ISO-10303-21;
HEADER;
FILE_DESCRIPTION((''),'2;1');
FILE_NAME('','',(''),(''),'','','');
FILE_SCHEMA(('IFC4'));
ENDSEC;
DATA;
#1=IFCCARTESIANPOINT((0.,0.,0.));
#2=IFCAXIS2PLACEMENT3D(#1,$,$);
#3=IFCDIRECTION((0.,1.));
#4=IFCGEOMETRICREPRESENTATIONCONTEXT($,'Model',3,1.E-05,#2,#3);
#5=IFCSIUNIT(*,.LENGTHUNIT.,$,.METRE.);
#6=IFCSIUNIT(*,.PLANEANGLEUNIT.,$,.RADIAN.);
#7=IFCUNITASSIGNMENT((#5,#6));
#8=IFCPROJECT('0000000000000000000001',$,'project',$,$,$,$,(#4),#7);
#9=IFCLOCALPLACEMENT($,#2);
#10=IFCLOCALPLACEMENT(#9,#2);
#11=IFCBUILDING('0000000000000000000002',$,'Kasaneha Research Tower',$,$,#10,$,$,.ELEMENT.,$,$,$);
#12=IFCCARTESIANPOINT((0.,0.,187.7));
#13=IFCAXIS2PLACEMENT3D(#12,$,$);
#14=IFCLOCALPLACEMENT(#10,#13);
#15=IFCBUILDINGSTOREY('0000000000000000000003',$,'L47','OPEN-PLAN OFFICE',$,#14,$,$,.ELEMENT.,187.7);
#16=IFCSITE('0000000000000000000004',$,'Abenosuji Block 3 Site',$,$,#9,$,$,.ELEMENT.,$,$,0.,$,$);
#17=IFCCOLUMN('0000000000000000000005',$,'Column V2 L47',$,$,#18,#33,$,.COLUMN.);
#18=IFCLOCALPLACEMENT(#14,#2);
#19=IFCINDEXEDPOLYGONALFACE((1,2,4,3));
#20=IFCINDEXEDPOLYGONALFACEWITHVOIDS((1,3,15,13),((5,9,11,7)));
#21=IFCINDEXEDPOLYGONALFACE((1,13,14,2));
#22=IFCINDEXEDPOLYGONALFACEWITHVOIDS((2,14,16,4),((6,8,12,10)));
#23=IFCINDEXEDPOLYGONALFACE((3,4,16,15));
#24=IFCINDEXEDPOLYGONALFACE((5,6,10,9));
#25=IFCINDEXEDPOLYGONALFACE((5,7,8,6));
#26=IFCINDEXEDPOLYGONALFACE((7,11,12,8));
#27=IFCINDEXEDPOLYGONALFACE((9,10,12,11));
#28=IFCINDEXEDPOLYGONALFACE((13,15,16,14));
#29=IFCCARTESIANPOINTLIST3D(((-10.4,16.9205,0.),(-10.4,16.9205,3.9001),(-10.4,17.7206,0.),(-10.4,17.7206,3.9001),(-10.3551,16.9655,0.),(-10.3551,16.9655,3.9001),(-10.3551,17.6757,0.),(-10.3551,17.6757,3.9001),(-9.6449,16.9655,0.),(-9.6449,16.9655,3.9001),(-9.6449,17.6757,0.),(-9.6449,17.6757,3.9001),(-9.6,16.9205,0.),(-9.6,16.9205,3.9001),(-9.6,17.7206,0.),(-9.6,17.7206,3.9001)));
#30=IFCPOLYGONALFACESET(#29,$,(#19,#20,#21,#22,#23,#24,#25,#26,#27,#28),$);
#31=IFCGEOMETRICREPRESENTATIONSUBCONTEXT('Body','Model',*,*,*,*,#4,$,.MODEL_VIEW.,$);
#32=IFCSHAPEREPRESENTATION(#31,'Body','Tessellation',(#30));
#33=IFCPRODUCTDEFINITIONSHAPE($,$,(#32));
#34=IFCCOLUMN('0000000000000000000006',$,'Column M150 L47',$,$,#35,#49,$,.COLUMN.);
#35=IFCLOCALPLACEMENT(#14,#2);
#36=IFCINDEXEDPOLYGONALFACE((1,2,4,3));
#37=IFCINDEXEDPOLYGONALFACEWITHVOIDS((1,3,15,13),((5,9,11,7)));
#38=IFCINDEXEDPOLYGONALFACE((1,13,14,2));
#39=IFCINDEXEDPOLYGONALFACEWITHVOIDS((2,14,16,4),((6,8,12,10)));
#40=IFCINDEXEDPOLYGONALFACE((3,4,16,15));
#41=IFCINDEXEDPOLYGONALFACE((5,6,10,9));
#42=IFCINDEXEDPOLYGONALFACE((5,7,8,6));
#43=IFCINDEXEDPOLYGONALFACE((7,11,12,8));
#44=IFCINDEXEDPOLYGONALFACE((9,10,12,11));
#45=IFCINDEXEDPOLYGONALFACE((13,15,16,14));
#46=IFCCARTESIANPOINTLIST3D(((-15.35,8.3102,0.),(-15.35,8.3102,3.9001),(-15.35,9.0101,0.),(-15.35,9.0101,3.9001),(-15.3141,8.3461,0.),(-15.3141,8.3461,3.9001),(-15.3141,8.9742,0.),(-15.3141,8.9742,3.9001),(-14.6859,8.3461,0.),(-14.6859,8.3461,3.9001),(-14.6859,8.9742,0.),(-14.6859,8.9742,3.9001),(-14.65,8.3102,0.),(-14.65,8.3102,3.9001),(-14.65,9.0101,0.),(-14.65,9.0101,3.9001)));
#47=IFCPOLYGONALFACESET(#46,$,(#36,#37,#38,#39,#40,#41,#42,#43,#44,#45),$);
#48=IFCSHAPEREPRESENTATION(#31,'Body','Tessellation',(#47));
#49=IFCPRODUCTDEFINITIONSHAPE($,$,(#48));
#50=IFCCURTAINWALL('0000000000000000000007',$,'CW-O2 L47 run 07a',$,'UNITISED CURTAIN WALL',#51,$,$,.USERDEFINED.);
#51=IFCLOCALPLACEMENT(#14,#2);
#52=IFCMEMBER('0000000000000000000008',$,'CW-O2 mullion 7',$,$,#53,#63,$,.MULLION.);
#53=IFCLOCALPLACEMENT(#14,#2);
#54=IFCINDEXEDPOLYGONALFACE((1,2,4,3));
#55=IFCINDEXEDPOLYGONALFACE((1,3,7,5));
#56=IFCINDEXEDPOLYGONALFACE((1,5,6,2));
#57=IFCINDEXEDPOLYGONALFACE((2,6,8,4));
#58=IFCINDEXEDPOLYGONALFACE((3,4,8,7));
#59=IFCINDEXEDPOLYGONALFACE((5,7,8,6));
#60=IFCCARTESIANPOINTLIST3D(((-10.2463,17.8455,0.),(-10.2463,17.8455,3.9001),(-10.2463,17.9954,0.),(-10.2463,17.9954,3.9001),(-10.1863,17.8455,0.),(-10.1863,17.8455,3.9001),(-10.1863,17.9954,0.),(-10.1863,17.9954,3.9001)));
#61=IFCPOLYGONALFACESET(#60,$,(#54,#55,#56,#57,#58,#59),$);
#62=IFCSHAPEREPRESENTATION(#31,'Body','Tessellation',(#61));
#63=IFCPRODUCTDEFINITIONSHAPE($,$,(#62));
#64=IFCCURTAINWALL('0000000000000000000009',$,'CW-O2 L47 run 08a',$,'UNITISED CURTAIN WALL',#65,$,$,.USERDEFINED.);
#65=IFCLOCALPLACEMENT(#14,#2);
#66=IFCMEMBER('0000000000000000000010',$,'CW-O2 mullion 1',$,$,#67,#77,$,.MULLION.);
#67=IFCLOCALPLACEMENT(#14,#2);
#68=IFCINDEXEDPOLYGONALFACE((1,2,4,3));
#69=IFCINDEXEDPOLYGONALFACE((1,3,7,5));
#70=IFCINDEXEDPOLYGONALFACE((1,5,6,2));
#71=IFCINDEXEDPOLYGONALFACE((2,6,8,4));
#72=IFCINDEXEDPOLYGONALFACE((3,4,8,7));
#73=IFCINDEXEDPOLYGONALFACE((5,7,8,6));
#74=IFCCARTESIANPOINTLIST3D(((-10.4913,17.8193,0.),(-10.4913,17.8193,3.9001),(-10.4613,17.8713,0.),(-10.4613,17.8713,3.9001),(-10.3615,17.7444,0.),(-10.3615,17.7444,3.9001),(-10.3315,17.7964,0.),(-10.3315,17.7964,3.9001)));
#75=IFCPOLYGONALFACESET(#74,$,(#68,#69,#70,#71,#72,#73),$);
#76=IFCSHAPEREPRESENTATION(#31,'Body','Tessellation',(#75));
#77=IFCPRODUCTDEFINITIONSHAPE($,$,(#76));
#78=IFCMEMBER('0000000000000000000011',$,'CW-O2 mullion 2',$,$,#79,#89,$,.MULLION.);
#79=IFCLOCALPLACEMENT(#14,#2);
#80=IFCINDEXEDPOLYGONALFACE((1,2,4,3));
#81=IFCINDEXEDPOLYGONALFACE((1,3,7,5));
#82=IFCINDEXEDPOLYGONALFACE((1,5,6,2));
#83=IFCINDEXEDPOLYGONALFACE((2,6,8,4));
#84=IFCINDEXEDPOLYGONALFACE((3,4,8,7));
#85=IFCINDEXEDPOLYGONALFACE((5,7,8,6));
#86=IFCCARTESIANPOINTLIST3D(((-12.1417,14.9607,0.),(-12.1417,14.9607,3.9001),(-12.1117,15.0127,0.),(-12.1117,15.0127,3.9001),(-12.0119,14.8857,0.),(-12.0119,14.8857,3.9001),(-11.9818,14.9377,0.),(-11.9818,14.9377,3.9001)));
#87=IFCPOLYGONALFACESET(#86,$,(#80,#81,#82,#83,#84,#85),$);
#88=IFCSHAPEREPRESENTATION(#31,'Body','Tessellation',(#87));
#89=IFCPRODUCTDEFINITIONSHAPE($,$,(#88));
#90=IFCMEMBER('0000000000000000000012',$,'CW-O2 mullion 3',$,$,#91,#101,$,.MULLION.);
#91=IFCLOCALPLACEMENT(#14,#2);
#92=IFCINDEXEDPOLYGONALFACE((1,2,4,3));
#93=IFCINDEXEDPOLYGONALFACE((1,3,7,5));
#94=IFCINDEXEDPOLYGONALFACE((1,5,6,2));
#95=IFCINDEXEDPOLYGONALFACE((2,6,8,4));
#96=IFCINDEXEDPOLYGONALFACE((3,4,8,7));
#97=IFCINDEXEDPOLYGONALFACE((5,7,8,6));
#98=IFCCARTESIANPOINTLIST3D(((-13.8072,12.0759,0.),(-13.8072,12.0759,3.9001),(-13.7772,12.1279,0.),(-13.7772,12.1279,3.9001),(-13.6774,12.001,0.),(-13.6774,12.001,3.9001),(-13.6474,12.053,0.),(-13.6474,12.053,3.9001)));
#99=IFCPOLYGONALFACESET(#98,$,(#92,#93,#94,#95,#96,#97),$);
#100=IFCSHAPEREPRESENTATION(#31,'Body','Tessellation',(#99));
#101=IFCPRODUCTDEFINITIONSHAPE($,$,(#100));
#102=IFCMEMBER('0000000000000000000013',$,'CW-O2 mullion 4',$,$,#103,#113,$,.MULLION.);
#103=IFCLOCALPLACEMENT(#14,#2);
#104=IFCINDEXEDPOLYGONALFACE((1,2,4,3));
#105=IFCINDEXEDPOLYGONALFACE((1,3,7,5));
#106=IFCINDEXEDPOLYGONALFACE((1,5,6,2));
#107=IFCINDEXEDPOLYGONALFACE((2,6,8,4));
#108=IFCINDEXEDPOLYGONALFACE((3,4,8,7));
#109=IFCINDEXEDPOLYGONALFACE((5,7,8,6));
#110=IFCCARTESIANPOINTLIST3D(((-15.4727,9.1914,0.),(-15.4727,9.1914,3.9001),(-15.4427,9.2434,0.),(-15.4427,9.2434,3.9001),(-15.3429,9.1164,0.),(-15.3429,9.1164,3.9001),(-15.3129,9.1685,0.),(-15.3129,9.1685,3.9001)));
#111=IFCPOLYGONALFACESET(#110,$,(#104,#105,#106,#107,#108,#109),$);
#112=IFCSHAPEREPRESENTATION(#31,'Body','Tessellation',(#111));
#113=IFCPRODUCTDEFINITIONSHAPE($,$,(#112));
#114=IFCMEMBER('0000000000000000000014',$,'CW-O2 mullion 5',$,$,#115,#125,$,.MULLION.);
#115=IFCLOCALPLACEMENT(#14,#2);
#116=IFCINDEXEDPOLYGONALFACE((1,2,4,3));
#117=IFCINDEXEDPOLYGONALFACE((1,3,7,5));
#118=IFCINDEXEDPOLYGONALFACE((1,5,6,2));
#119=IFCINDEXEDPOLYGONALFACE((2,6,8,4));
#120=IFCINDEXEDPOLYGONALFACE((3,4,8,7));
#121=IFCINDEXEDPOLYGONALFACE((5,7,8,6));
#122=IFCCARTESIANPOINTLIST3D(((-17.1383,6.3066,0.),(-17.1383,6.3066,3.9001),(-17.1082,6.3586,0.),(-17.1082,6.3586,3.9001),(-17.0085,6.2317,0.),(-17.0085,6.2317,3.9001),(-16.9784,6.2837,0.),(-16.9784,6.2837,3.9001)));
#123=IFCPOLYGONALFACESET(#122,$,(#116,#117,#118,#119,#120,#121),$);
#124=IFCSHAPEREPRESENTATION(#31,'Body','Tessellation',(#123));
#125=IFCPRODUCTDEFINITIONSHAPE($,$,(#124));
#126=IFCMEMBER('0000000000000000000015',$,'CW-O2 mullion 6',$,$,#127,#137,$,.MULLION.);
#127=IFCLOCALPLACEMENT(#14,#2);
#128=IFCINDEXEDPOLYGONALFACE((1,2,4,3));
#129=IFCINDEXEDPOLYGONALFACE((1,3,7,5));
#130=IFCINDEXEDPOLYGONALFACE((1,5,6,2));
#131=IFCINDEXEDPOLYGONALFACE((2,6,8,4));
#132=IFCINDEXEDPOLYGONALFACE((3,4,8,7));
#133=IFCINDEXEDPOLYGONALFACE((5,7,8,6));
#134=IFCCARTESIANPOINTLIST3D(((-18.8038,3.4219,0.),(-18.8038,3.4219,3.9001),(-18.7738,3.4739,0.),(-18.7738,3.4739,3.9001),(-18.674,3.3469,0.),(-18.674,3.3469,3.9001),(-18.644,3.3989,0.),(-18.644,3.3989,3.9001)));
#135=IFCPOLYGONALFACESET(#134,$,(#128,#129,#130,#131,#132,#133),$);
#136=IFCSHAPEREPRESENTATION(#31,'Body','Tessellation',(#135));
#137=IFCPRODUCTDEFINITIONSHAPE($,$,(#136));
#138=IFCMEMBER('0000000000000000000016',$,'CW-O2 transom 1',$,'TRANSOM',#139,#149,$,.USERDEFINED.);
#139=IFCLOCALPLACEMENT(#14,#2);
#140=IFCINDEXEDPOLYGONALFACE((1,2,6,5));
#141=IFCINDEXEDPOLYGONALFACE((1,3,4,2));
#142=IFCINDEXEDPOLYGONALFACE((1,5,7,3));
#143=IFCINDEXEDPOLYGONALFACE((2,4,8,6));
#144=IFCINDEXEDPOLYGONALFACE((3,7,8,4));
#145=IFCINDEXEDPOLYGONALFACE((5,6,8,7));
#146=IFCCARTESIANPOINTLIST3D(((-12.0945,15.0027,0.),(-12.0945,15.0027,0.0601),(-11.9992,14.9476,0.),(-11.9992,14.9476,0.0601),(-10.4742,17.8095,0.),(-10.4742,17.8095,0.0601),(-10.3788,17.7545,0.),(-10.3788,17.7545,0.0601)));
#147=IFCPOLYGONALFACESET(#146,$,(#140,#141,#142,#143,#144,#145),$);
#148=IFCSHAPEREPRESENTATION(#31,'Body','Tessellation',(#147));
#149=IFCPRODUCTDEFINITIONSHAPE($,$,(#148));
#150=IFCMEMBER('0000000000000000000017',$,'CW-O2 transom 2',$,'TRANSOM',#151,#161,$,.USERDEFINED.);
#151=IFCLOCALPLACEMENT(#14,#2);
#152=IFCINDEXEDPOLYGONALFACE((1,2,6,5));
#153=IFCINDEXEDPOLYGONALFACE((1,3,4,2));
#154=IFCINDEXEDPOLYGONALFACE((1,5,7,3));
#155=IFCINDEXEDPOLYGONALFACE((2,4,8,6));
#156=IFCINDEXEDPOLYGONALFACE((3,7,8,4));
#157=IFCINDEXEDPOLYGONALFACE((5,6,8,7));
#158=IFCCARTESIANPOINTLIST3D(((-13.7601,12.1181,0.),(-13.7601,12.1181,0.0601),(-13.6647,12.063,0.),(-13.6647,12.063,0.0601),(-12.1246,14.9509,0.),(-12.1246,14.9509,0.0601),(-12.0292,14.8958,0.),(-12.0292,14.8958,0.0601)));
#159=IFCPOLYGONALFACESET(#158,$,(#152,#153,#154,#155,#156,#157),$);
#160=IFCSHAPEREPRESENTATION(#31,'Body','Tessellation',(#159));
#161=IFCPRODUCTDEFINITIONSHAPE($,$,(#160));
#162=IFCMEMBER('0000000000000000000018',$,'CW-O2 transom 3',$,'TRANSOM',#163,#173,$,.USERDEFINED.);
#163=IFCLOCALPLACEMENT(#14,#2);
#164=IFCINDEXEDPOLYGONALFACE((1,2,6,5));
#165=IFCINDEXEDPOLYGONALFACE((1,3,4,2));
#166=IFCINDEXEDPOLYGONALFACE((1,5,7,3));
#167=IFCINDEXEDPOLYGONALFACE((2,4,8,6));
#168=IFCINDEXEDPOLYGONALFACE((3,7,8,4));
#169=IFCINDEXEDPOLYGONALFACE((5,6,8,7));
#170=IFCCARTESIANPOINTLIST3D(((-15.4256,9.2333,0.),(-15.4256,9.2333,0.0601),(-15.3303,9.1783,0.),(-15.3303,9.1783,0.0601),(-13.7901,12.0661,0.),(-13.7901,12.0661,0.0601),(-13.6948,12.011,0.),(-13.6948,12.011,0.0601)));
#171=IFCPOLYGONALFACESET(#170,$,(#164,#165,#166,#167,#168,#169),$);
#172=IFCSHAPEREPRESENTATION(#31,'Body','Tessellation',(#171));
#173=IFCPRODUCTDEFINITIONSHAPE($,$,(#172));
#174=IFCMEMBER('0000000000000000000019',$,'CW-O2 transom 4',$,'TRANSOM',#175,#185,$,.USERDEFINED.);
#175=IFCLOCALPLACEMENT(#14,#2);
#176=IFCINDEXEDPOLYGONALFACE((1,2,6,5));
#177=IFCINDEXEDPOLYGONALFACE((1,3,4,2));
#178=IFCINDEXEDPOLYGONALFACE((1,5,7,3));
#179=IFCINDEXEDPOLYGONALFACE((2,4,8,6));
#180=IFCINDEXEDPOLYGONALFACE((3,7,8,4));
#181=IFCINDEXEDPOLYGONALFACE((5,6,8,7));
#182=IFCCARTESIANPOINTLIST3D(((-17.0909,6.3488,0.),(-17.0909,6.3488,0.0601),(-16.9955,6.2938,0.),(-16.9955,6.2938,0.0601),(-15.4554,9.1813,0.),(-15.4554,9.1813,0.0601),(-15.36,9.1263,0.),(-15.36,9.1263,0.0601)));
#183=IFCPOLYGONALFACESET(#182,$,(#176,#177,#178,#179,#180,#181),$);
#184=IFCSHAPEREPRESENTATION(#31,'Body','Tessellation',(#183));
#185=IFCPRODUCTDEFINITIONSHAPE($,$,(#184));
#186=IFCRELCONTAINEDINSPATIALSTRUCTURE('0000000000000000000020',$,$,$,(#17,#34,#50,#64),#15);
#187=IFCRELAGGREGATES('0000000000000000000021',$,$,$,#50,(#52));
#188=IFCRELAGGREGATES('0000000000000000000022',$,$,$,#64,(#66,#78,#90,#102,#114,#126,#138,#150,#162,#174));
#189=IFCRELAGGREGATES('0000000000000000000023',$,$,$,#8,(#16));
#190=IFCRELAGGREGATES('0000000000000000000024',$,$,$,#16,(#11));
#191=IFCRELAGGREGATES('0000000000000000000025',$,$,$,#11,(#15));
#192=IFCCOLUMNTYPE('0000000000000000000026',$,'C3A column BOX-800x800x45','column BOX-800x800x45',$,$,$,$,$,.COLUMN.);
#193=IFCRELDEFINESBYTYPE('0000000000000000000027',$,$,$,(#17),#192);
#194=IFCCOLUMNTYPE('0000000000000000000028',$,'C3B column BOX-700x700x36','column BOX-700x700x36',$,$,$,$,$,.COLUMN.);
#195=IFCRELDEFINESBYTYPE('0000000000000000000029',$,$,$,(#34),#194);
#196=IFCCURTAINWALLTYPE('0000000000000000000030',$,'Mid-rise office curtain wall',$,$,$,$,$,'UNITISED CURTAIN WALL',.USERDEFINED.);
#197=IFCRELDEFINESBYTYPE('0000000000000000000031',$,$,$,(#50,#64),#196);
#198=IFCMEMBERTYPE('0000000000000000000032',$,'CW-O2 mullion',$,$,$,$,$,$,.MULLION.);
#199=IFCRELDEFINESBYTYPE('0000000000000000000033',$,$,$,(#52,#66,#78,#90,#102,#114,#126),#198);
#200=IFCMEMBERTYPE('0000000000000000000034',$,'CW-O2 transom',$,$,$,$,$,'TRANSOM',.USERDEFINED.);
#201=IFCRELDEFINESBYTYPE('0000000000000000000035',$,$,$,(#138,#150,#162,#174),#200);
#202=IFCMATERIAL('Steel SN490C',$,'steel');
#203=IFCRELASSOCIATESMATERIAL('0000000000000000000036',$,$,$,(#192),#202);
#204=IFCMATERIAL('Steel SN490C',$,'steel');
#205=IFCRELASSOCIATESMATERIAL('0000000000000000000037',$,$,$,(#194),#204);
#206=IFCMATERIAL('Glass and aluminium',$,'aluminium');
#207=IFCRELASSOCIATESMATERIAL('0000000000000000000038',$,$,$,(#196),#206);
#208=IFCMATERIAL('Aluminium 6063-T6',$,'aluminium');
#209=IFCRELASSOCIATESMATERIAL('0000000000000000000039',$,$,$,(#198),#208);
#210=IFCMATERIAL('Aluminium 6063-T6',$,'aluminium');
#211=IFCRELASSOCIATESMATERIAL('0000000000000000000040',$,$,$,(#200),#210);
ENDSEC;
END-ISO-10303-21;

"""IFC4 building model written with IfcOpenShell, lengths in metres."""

from ifc_helpers import new_model, si_unit, direction, frame, origin, origin_2d, place, context, subcontext, project, spatial, rectangle, hollow_rectangle, extrude, material, material_profile, profile_set, type_object, element, aggregate, save


model = new_model("IFC4")

# Units and contexts
model_context = context("Model", 3, precision=1e-05, world=origin(), true_north=direction((0.0, 1.0)))
body_context = subcontext(model_context, "Body", "Model", "MODEL_VIEW")
ifc_project = project(units=[si_unit("LENGTHUNIT", "METRE"), si_unit("PLANEANGLEUNIT", "RADIAN")], contexts=[model_context])

# Site, building, storey
site_placement = place(None, origin())
site = spatial("IfcSite", under=ifc_project, at=site_placement, Name="Abenosuji Block 3 Site", CompositionType="ELEMENT", RefElevation=0.0)
building_placement = place(site_placement, origin())
building = spatial("IfcBuilding", under=site, at=building_placement, Name="Kasaneha Research Tower", CompositionType="ELEMENT")
storey_placement = place(building_placement, frame((0.0, 0.0, 187.7)))
storey = spatial("IfcBuildingStorey", under=building, at=storey_placement, Name="L47", Description="OPEN-PLAN OFFICE", CompositionType="ELEMENT", Elevation=187.7)

# Columns
ifc_material_1 = material(Name="Steel SN490C", Category="steel")
ifc_material_profile_1 = material_profile(ifc_material_1, hollow_rectangle(XDim=0.8, YDim=0.8, WallThickness=0.0449, at=origin_2d()), Name="BOX-800x800x45")
ifc_profile_set_1 = profile_set([ifc_material_profile_1], Name="Steel SN490C")
column_type_1 = type_object("IfcColumnType", Name="C3A column BOX-800x800x45", Description="column BOX-800x800x45", PredefinedType="COLUMN", material=ifc_profile_set_1)
column_1_placement = place(storey_placement, frame((-10.0, 17.3206, 0.0), z_axis=(0.0, 0.0, 1.0), x_axis=(1.0, 0.0, 0.0)))
element("IfcColumn", 1, at=column_1_placement, inside=storey, type_object=column_type_1, Name="Column V2 L47", PredefinedType="COLUMN", context=body_context, shape_type="SweptSolid", body=[
    extrude(hollow_rectangle(XDim=0.8, YDim=0.8, WallThickness=0.0449, at=origin_2d()), origin(), (0.0, 0.0, 1.0), 3.9001),
])
ifc_material_2 = material(Name="Steel SN490C", Category="steel")
ifc_material_profile_2 = material_profile(ifc_material_2, hollow_rectangle(XDim=0.7, YDim=0.7, WallThickness=0.0359, at=origin_2d()), Name="BOX-700x700x36")
ifc_profile_set_2 = profile_set([ifc_material_profile_2], Name="Steel SN490C")
column_type_2 = type_object("IfcColumnType", Name="C3B column BOX-700x700x36", Description="column BOX-700x700x36", PredefinedType="COLUMN", material=ifc_profile_set_2)
column_2_placement = place(storey_placement, frame((-15.0, 8.6602, 0.0), z_axis=(0.0, 0.0, 1.0), x_axis=(1.0, 0.0, 0.0)))
element("IfcColumn", 2, at=column_2_placement, inside=storey, type_object=column_type_2, Name="Column M150 L47", PredefinedType="COLUMN", context=body_context, shape_type="SweptSolid", body=[
    extrude(hollow_rectangle(XDim=0.7, YDim=0.7, WallThickness=0.0359, at=origin_2d()), origin(), (0.0, 0.0, 1.0), 3.9001),
])

# Curtain wall, member
ifc_material_3 = material(Name="Glass and aluminium", Category="aluminium")
curtain_wall_type = type_object("IfcCurtainWallType", Name="Mid-rise office curtain wall", ElementType="UNITISED CURTAIN WALL", PredefinedType="USERDEFINED", material=ifc_material_3)
curtain_wall_1_placement = place(storey_placement, origin())
curtain_wall_1 = element("IfcCurtainWall", 3, at=curtain_wall_1_placement, inside=storey, type_object=curtain_wall_type, Name="CW-O2 L47 run 07a", ObjectType="UNITISED CURTAIN WALL", PredefinedType="USERDEFINED")
ifc_material_4 = material(Name="Aluminium 6063-T6", Category="aluminium")
ifc_material_profile_3 = material_profile(ifc_material_4, rectangle(XDim=0.0601, YDim=0.1499, at=origin_2d()), Name="CW-O2 mullion 60x150")
ifc_profile_set_3 = profile_set([ifc_material_profile_3], Name="Aluminium 6063-T6")
member_type_1 = type_object("IfcMemberType", Name="CW-O2 mullion", PredefinedType="MULLION", material=ifc_profile_set_3)
member_1_placement = place(storey_placement, frame((-10.2163, 17.9204, 0.0), z_axis=(0.0, 0.0, 1.0), x_axis=(-1.0, 0.0, 0.0)))
member_1 = element("IfcMember", 4, at=member_1_placement, type_object=member_type_1, Name="CW-O2 mullion 7", PredefinedType="MULLION", context=body_context, shape_type="SweptSolid", body=[
    extrude(rectangle(XDim=0.0601, YDim=0.1499, at=origin_2d()), origin(), (0.0, 0.0, 1.0), 3.9001),
])
aggregate(curtain_wall_1, [member_1])

# Curtain wall, members
curtain_wall_2_placement = place(storey_placement, origin())
curtain_wall_2 = element("IfcCurtainWall", 5, at=curtain_wall_2_placement, inside=storey, type_object=curtain_wall_type, Name="CW-O2 L47 run 08a", ObjectType="UNITISED CURTAIN WALL", PredefinedType="USERDEFINED")
member_2_placement = place(storey_placement, frame((-10.4114, 17.8079, 0.0), z_axis=(0.0, 0.0, 1.0), x_axis=(-0.5, -0.866025, 0.0)))
member_2 = element("IfcMember", 6, at=member_2_placement, type_object=member_type_1, Name="CW-O2 mullion 1", PredefinedType="MULLION", context=body_context, shape_type="SweptSolid", body=[
    extrude(rectangle(XDim=0.0601, YDim=0.1499, at=origin_2d()), origin(), (0.0, 0.0, 1.0), 3.9001),
])
member_3_placement = place(storey_placement, frame((-12.0618, 14.9492, 0.0), z_axis=(0.0, 0.0, 1.0), x_axis=(-0.5, -0.866025, 0.0)))
member_3 = element("IfcMember", 7, at=member_3_placement, type_object=member_type_1, Name="CW-O2 mullion 2", PredefinedType="MULLION", context=body_context, shape_type="SweptSolid", body=[
    extrude(rectangle(XDim=0.0601, YDim=0.1499, at=origin_2d()), origin(), (0.0, 0.0, 1.0), 3.9001),
])
member_4_placement = place(storey_placement, frame((-13.7273, 12.0645, 0.0), z_axis=(0.0, 0.0, 1.0), x_axis=(-0.5, -0.866025, 0.0)))
member_4 = element("IfcMember", 8, at=member_4_placement, type_object=member_type_1, Name="CW-O2 mullion 3", PredefinedType="MULLION", context=body_context, shape_type="SweptSolid", body=[
    extrude(rectangle(XDim=0.0601, YDim=0.1499, at=origin_2d()), origin(), (0.0, 0.0, 1.0), 3.9001),
])
member_5_placement = place(storey_placement, frame((-15.3928, 9.1799, 0.0), z_axis=(0.0, 0.0, 1.0), x_axis=(-0.5, -0.866025, 0.0)))
member_5 = element("IfcMember", 9, at=member_5_placement, type_object=member_type_1, Name="CW-O2 mullion 4", PredefinedType="MULLION", context=body_context, shape_type="SweptSolid", body=[
    extrude(rectangle(XDim=0.0601, YDim=0.1499, at=origin_2d()), origin(), (0.0, 0.0, 1.0), 3.9001),
])
member_6_placement = place(storey_placement, frame((-17.0583, 6.2952, 0.0), z_axis=(0.0, 0.0, 1.0), x_axis=(-0.5, -0.866025, 0.0)))
member_6 = element("IfcMember", 10, at=member_6_placement, type_object=member_type_1, Name="CW-O2 mullion 5", PredefinedType="MULLION", context=body_context, shape_type="SweptSolid", body=[
    extrude(rectangle(XDim=0.0601, YDim=0.1499, at=origin_2d()), origin(), (0.0, 0.0, 1.0), 3.9001),
])
member_7_placement = place(storey_placement, frame((-18.7239, 3.4104, 0.0), z_axis=(0.0, 0.0, 1.0), x_axis=(-0.5, -0.866025, 0.0)))
member_7 = element("IfcMember", 11, at=member_7_placement, type_object=member_type_1, Name="CW-O2 mullion 6", PredefinedType="MULLION", context=body_context, shape_type="SweptSolid", body=[
    extrude(rectangle(XDim=0.0601, YDim=0.1499, at=origin_2d()), origin(), (0.0, 0.0, 1.0), 3.9001),
])
ifc_material_5 = material(Name="Aluminium 6063-T6", Category="aluminium")
ifc_material_profile_4 = material_profile(ifc_material_5, rectangle(XDim=0.1101, YDim=0.0601, at=origin_2d()), Name="CW-O2 transom 110x60")
ifc_profile_set_4 = profile_set([ifc_material_profile_4], Name="Aluminium 6063-T6")
member_type_2 = type_object("IfcMemberType", Name="CW-O2 transom", ElementType="TRANSOM", PredefinedType="USERDEFINED", material=ifc_profile_set_4)
member_8_placement = place(storey_placement, frame((-10.4265, 17.782, 0.03), z_axis=(-0.499955, -0.866051, 0.0), x_axis=(0.866051, -0.499955, 0.0)))
member_8 = element("IfcMember", 12, at=member_8_placement, type_object=member_type_2, Name="CW-O2 transom 1", ObjectType="TRANSOM", PredefinedType="USERDEFINED", context=body_context, shape_type="SweptSolid", body=[
    extrude(rectangle(XDim=0.1101, YDim=0.0601, at=origin_2d()), origin(), (0.0, 0.0, 1.0), 3.241),
])
member_9_placement = place(storey_placement, frame((-12.0769, 14.9233, 0.03), z_axis=(-0.5, -0.866025, 0.0), x_axis=(0.866025, -0.5, 0.0)))
member_9 = element("IfcMember", 13, at=member_9_placement, type_object=member_type_2, Name="CW-O2 transom 2", ObjectType="TRANSOM", PredefinedType="USERDEFINED", context=body_context, shape_type="SweptSolid", body=[
    extrude(rectangle(XDim=0.1101, YDim=0.0601, at=origin_2d()), origin(), (0.0, 0.0, 1.0), 3.271),
])
member_10_placement = place(storey_placement, frame((-13.7424, 12.0386, 0.03), z_axis=(-0.5, -0.866025, 0.0), x_axis=(0.866025, -0.5, 0.0)))
member_10 = element("IfcMember", 14, at=member_10_placement, type_object=member_type_2, Name="CW-O2 transom 3", ObjectType="TRANSOM", PredefinedType="USERDEFINED", context=body_context, shape_type="SweptSolid", body=[
    extrude(rectangle(XDim=0.1101, YDim=0.0601, at=origin_2d()), origin(), (0.0, 0.0, 1.0), 3.271),
])
member_11_placement = place(storey_placement, frame((-15.4077, 9.1538, 0.03), z_axis=(-0.500033, -0.866007, 0.0), x_axis=(0.866007, -0.500033, 0.0)))
member_11 = element("IfcMember", 15, at=member_11_placement, type_object=member_type_2, Name="CW-O2 transom 4", ObjectType="TRANSOM", PredefinedType="USERDEFINED", context=body_context, shape_type="SweptSolid", body=[
    extrude(rectangle(XDim=0.1101, YDim=0.0601, at=origin_2d()), origin(), (0.0, 0.0, 1.0), 3.2708),
])
aggregate(curtain_wall_2, [member_2, member_3, member_4, member_5, member_6, member_7, member_8, member_9, member_10, member_11])

save(model, "model.ifc")
